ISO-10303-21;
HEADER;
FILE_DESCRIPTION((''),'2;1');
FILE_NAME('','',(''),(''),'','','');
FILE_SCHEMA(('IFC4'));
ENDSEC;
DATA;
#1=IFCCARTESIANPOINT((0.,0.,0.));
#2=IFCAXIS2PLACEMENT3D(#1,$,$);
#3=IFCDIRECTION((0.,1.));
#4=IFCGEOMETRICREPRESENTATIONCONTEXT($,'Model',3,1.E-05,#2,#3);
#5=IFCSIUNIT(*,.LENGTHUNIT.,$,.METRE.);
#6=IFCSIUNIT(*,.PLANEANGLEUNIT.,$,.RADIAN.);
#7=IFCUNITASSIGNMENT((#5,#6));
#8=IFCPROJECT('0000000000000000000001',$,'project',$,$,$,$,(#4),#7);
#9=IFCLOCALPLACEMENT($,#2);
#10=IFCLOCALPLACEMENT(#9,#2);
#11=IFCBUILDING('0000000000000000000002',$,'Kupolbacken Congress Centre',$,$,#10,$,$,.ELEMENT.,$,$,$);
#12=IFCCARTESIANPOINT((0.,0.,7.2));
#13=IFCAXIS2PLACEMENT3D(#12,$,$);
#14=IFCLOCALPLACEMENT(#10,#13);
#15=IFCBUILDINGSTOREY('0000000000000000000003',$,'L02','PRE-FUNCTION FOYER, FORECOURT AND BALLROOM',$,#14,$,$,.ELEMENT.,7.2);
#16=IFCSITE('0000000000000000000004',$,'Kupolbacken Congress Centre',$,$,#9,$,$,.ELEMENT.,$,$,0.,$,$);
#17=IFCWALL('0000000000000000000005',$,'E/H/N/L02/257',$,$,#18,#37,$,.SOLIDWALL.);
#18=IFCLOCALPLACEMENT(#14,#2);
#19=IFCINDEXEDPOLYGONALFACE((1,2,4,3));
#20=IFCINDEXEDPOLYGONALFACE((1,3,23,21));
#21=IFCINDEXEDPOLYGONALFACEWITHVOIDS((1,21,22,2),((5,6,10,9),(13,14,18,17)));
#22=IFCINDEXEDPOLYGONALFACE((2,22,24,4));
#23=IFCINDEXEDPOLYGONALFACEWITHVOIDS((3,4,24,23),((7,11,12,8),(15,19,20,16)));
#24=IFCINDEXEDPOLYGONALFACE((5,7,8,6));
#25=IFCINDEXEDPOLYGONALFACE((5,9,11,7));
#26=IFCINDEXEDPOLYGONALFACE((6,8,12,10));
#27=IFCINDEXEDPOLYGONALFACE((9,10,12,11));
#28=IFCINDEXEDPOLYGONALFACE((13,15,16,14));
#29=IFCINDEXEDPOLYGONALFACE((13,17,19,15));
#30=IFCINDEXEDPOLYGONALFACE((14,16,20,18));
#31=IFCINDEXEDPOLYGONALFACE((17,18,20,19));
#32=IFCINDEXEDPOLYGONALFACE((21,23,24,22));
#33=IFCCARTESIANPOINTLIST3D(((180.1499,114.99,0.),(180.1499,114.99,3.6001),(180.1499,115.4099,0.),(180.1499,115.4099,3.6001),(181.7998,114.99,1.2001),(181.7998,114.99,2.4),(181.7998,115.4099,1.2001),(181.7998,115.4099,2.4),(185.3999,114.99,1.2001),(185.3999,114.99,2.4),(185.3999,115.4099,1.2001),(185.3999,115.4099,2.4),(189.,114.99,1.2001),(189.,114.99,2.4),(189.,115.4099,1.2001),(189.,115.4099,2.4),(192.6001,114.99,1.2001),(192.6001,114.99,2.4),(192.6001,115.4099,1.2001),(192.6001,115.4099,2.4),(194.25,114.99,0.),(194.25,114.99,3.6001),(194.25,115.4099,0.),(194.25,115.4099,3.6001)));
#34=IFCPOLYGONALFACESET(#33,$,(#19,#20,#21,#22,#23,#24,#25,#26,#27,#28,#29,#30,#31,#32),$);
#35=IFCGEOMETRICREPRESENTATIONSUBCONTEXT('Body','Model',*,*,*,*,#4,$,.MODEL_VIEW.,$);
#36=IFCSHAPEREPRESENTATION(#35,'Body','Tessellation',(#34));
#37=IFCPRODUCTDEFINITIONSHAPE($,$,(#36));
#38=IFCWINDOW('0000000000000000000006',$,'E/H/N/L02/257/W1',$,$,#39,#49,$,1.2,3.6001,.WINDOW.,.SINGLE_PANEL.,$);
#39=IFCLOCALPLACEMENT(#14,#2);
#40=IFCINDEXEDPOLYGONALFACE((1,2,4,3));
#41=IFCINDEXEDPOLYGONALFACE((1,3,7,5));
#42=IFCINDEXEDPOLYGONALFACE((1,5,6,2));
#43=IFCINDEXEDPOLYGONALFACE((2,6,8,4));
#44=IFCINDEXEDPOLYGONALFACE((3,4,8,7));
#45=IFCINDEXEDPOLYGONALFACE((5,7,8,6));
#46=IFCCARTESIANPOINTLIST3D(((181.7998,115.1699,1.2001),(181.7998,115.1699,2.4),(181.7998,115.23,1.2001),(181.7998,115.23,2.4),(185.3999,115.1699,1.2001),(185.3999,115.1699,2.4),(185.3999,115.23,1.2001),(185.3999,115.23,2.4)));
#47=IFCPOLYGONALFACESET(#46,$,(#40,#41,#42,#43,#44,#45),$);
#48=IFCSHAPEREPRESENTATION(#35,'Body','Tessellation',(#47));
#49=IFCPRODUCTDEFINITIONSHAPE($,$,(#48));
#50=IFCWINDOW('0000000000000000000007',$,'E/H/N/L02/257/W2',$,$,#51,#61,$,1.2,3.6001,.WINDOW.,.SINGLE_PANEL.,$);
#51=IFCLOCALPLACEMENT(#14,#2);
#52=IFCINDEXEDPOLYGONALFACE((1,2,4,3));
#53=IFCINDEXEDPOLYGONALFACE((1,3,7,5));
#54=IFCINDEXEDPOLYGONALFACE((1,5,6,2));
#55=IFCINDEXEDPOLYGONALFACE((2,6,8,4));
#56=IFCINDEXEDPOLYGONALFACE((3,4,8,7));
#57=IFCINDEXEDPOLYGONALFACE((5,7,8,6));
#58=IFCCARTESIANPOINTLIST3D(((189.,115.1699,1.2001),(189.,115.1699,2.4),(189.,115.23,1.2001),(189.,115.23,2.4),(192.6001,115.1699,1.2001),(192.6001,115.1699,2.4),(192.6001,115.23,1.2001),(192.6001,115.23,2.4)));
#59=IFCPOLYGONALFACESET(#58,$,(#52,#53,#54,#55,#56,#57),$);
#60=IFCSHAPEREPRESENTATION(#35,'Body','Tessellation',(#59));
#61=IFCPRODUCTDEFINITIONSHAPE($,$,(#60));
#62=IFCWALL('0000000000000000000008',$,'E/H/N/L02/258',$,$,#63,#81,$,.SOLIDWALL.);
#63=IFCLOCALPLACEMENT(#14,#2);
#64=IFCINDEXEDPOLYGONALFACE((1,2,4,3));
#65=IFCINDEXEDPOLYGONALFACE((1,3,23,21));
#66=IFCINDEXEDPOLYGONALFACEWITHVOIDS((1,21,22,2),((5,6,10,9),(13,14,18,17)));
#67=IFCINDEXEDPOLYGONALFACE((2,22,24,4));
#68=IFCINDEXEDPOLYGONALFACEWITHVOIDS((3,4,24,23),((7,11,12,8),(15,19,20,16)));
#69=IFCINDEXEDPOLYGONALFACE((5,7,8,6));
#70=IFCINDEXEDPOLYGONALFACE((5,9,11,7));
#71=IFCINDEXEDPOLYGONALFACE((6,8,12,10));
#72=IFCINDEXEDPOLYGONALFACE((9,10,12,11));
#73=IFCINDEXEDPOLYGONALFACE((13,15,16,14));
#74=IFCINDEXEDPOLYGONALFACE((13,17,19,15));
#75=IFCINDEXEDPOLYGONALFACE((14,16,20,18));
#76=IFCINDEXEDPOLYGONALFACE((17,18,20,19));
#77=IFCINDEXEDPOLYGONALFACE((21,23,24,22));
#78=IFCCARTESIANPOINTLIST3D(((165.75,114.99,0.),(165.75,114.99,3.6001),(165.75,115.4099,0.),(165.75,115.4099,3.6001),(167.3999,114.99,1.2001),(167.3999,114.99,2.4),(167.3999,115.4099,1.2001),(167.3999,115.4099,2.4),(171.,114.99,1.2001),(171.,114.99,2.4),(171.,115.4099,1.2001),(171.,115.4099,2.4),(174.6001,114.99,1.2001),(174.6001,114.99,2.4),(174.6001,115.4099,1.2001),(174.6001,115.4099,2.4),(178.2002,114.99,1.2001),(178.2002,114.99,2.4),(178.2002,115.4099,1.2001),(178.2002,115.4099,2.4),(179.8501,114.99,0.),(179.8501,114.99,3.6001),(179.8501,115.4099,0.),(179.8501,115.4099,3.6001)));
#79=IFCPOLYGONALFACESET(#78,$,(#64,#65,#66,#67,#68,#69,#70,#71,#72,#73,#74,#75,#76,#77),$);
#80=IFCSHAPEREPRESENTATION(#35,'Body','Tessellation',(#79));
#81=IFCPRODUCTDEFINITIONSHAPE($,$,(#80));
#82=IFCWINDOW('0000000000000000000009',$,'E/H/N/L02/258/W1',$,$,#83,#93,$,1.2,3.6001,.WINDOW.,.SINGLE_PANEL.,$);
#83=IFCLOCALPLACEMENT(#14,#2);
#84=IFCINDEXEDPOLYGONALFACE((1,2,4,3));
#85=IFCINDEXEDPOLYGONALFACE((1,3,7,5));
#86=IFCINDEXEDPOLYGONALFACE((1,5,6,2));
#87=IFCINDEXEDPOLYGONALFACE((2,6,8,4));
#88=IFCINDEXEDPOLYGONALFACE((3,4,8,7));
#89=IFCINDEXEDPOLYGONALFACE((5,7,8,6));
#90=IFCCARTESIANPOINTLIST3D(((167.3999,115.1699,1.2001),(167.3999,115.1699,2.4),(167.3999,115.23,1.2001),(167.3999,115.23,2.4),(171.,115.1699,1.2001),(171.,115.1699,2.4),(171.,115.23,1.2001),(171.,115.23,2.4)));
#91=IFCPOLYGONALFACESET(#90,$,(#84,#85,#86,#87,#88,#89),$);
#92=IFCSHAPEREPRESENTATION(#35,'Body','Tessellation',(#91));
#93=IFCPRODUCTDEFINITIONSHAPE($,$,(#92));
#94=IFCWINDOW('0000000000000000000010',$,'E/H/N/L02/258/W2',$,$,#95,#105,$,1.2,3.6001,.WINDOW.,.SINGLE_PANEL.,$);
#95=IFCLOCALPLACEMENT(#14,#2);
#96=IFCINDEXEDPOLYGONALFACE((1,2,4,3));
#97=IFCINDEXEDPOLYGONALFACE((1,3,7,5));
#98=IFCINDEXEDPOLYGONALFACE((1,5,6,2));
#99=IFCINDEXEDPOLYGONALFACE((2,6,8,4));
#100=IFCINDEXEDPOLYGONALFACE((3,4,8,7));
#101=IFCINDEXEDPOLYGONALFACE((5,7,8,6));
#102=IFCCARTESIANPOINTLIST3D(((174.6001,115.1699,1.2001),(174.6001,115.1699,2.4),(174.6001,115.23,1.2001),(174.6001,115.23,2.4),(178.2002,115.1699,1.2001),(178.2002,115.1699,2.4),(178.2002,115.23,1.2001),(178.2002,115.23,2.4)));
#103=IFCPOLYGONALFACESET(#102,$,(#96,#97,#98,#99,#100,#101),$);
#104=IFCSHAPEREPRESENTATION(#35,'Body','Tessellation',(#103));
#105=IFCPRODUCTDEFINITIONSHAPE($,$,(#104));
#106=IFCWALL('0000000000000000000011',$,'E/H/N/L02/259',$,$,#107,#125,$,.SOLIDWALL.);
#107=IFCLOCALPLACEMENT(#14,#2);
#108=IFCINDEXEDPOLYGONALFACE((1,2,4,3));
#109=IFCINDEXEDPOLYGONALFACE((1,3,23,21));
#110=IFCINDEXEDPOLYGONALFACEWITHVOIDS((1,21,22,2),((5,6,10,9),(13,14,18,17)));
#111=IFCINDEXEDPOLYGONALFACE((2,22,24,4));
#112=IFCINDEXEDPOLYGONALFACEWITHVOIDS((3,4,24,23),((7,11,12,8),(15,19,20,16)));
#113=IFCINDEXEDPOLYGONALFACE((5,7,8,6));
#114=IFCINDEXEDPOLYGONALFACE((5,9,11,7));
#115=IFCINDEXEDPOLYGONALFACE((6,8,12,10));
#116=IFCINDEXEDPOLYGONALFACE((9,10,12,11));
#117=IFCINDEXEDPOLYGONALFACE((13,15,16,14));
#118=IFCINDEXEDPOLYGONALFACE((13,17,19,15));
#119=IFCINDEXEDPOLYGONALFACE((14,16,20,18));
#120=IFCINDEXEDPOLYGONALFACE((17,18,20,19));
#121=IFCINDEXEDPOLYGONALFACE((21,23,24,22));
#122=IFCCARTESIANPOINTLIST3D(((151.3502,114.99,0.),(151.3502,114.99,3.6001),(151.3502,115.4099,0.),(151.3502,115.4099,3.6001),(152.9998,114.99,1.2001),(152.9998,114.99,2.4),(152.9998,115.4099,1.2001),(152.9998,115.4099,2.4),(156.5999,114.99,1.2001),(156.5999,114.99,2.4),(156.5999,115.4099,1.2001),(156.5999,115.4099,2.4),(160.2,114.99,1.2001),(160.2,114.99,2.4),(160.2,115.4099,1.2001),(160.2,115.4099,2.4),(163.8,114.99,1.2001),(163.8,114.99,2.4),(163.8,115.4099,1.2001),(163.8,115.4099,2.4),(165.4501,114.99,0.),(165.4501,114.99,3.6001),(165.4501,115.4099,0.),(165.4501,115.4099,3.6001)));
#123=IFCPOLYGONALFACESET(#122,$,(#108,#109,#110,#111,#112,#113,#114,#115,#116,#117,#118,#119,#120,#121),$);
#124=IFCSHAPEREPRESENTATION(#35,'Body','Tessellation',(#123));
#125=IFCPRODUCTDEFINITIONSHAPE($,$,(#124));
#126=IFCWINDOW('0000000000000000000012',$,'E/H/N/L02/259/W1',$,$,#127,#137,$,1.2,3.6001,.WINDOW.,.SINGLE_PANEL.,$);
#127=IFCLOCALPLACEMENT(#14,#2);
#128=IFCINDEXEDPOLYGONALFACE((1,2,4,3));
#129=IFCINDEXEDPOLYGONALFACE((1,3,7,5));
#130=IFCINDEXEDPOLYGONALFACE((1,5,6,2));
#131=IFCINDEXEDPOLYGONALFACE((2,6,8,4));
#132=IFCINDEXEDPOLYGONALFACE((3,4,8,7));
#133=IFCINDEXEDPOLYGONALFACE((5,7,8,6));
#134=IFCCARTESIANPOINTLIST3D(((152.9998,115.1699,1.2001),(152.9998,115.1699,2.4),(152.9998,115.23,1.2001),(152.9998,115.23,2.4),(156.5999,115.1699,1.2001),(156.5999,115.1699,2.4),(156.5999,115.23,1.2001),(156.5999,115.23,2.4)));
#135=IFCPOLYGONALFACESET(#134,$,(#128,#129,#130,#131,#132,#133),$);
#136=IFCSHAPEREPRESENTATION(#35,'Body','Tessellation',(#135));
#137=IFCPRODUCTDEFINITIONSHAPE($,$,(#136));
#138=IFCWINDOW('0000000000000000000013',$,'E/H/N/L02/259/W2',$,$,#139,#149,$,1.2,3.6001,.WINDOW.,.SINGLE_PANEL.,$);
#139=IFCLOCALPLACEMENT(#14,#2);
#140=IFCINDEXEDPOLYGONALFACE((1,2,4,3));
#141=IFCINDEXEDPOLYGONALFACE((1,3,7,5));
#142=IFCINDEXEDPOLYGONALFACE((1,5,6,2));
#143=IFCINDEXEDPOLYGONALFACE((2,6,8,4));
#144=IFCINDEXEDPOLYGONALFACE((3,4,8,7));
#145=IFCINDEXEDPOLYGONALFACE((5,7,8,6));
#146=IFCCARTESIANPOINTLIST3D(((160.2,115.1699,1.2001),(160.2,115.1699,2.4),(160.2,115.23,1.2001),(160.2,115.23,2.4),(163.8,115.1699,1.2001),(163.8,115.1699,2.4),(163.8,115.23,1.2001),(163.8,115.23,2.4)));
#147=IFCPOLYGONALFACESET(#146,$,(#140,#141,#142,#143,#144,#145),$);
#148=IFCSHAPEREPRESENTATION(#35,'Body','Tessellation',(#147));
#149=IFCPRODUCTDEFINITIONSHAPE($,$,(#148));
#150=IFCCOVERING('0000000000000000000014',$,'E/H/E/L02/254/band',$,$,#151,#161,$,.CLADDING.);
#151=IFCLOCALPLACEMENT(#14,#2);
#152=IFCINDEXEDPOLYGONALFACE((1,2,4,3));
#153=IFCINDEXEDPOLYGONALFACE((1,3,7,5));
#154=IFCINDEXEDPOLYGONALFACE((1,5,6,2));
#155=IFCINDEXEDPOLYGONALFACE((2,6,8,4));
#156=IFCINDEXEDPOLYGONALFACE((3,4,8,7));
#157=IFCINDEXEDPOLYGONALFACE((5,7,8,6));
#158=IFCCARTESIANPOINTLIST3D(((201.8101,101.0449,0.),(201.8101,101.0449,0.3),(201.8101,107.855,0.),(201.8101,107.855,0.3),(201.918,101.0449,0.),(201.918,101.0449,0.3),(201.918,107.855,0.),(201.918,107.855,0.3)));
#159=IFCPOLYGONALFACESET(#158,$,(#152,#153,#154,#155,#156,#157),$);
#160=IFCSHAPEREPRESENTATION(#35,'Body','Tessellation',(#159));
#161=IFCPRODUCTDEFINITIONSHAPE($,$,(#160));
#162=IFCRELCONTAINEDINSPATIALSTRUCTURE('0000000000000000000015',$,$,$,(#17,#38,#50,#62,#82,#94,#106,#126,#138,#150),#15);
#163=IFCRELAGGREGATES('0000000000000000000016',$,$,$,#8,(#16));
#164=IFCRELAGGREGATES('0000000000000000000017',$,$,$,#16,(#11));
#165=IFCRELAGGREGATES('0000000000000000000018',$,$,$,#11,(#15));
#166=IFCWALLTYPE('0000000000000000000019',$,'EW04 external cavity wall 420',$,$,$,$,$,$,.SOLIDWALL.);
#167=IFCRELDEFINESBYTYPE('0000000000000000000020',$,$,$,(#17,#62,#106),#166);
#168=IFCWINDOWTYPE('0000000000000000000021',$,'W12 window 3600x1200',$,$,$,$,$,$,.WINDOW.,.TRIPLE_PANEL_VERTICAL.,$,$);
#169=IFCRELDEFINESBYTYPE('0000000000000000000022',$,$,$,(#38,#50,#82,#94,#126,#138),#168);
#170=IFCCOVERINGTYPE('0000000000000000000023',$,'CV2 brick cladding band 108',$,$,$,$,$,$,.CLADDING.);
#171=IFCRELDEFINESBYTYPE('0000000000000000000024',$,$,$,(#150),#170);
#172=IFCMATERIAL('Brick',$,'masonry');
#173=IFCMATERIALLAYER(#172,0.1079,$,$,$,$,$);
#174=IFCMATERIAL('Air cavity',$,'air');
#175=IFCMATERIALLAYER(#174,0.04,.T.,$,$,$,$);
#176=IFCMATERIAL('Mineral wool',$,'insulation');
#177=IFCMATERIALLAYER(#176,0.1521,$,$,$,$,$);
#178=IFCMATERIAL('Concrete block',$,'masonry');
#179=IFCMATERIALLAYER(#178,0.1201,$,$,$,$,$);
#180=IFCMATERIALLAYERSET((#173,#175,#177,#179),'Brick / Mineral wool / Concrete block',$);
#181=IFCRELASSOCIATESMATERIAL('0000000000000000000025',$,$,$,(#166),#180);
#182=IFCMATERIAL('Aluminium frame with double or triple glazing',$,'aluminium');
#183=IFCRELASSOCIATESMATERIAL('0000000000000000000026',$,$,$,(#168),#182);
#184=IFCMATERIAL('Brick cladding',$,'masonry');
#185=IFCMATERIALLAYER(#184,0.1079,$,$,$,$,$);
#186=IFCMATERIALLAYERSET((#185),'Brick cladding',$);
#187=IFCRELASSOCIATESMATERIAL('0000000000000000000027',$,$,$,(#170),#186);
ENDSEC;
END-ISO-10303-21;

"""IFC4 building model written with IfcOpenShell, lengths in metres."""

from ifc_helpers import new_model, si_unit, direction, frame, frame_2d, origin, origin_2d, place, context, subcontext, project, spatial, rectangle, extrude, material, layer, layer_set, type_object, element, fill, save


model = new_model("IFC4")

# Units and contexts
model_context = context("Model", 3, precision=1e-05, world=origin(), true_north=direction((0.0, 1.0)))
body_context = subcontext(model_context, "Body", "Model", "MODEL_VIEW")
ifc_project = project(units=[si_unit("LENGTHUNIT", "METRE"), si_unit("PLANEANGLEUNIT", "RADIAN")], contexts=[model_context])

# Site, building, storey
site_placement = place(None, origin())
site = spatial("IfcSite", under=ifc_project, at=site_placement, Name="Kupolbacken Congress Centre", CompositionType="ELEMENT", RefElevation=0.0)
building_placement = place(site_placement, origin())
building = spatial("IfcBuilding", under=site, at=building_placement, Name="Kupolbacken Congress Centre", CompositionType="ELEMENT")
storey_placement = place(building_placement, frame((0.0, 0.0, 7.2)))
storey = spatial("IfcBuildingStorey", under=building, at=storey_placement, Name="L02", Description="PRE-FUNCTION FOYER, FORECOURT AND BALLROOM", CompositionType="ELEMENT", Elevation=7.2)

# Shared definitions
ifc_material_1 = material(Name="Brick", Category="masonry")
ifc_layer_1 = layer(ifc_material_1, 0.1079)
ifc_material_2 = material(Name="Air cavity", Category="air")
ifc_layer_2 = layer(ifc_material_2, 0.04, ventilated=True)
ifc_material_3 = material(Name="Mineral wool", Category="insulation")
ifc_layer_3 = layer(ifc_material_3, 0.1521)
ifc_material_4 = material(Name="Concrete block", Category="masonry")
ifc_layer_4 = layer(ifc_material_4, 0.1201)
ifc_layer_set_1 = layer_set([ifc_layer_1, ifc_layer_2, ifc_layer_3, ifc_layer_4], Name="Brick / Mineral wool / Concrete block")
wall_type = type_object("IfcWallType", Name="EW04 external cavity wall 420", PredefinedType="SOLIDWALL", material=ifc_layer_set_1)
ifc_material_5 = material(Name="Aluminium frame with double or triple glazing", Category="aluminium")
window_type = type_object("IfcWindowType", Name="W12 window 3600x1200", PartitioningType="TRIPLE_PANEL_VERTICAL", PredefinedType="WINDOW", material=ifc_material_5)

# Walls, openings, windows
wall_1_placement = place(storey_placement, frame((194.25, 115.2, 0.0), z_axis=(0.0, 0.0, 1.0), x_axis=(-1.0, 0.0, 0.0)))
wall_1 = element("IfcWall", 1, at=wall_1_placement, inside=storey, type_object=wall_type, Name="E/H/N/L02/257", PredefinedType="SOLIDWALL", context=body_context, shape_type="SweptSolid", body=[
    extrude(rectangle(XDim=14.1001, YDim=0.4199, at=frame_2d((7.05, 0.0))), origin(), (0.0, 0.0, 1.0), 3.6001),
])
opening_1_placement = place(wall_1_placement, frame((8.8501, 0.0, 1.2)))
opening_1 = element("IfcOpeningElement", 2, at=opening_1_placement, cuts=wall_1, PredefinedType="OPENING", context=body_context, shape_type="SweptSolid", body=[
    extrude(rectangle(XDim=3.6001, YDim=1.2, at=frame_2d((1.8, 0.6001))), frame((0.0, 0.22, 0.0), z_axis=(0.0, -1.0, 0.0), x_axis=(1.0, 0.0, 0.0)), (0.0, 0.0, 1.0), 0.4399),
])
opening_2_placement = place(wall_1_placement, frame((1.6499, 0.0, 1.2)))
opening_2 = element("IfcOpeningElement", 3, at=opening_2_placement, cuts=wall_1, PredefinedType="OPENING", context=body_context, shape_type="SweptSolid", body=[
    extrude(rectangle(XDim=3.6001, YDim=1.2, at=frame_2d((1.8, 0.6001))), frame((0.0, 0.22, 0.0), z_axis=(0.0, -1.0, 0.0), x_axis=(1.0, 0.0, 0.0)), (0.0, 0.0, 1.0), 0.4399),
])
window_1_placement = place(opening_1_placement, origin())
window_1 = element("IfcWindow", 4, at=window_1_placement, inside=storey, type_object=window_type, Name="E/H/N/L02/257/W1", OverallHeight=1.2, OverallWidth=3.6001, PartitioningType="SINGLE_PANEL", PredefinedType="WINDOW", context=body_context, shape_type="SweptSolid", body=[
    extrude(rectangle(XDim=3.6001, YDim=1.2, at=frame_2d((1.8, 0.6001))), frame((0.0, 0.03, 0.0), z_axis=(0.0, -1.0, 0.0), x_axis=(1.0, 0.0, 0.0)), (0.0, 0.0, 1.0), 0.0601),
])
fill(opening_1, window_1)
window_2_placement = place(opening_2_placement, origin())
window_2 = element("IfcWindow", 5, at=window_2_placement, inside=storey, type_object=window_type, Name="E/H/N/L02/257/W2", OverallHeight=1.2, OverallWidth=3.6001, PartitioningType="SINGLE_PANEL", PredefinedType="WINDOW", context=body_context, shape_type="SweptSolid", body=[
    extrude(rectangle(XDim=3.6001, YDim=1.2, at=frame_2d((1.8, 0.6001))), frame((0.0, 0.03, 0.0), z_axis=(0.0, -1.0, 0.0), x_axis=(1.0, 0.0, 0.0)), (0.0, 0.0, 1.0), 0.0601),
])
fill(opening_2, window_2)
wall_2_placement = place(storey_placement, frame((179.8501, 115.2, 0.0), z_axis=(0.0, 0.0, 1.0), x_axis=(-1.0, 0.0, 0.0)))
wall_2 = element("IfcWall", 6, at=wall_2_placement, inside=storey, type_object=wall_type, Name="E/H/N/L02/258", PredefinedType="SOLIDWALL", context=body_context, shape_type="SweptSolid", body=[
    extrude(rectangle(XDim=14.1001, YDim=0.4199, at=frame_2d((7.05, 0.0))), origin(), (0.0, 0.0, 1.0), 3.6001),
])
opening_3_placement = place(wall_2_placement, frame((8.8501, 0.0, 1.2)))
opening_3 = element("IfcOpeningElement", 7, at=opening_3_placement, cuts=wall_2, PredefinedType="OPENING", context=body_context, shape_type="SweptSolid", body=[
    extrude(rectangle(XDim=3.6001, YDim=1.2, at=frame_2d((1.8, 0.6001))), frame((0.0, 0.22, 0.0), z_axis=(0.0, -1.0, 0.0), x_axis=(1.0, 0.0, 0.0)), (0.0, 0.0, 1.0), 0.4399),
])
opening_4_placement = place(wall_2_placement, frame((1.6499, 0.0, 1.2)))
opening_4 = element("IfcOpeningElement", 8, at=opening_4_placement, cuts=wall_2, PredefinedType="OPENING", context=body_context, shape_type="SweptSolid", body=[
    extrude(rectangle(XDim=3.6001, YDim=1.2, at=frame_2d((1.8, 0.6001))), frame((0.0, 0.22, 0.0), z_axis=(0.0, -1.0, 0.0), x_axis=(1.0, 0.0, 0.0)), (0.0, 0.0, 1.0), 0.4399),
])
window_3_placement = place(opening_3_placement, origin())
window_3 = element("IfcWindow", 9, at=window_3_placement, inside=storey, type_object=window_type, Name="E/H/N/L02/258/W1", OverallHeight=1.2, OverallWidth=3.6001, PartitioningType="SINGLE_PANEL", PredefinedType="WINDOW", context=body_context, shape_type="SweptSolid", body=[
    extrude(rectangle(XDim=3.6001, YDim=1.2, at=frame_2d((1.8, 0.6001))), frame((0.0, 0.03, 0.0), z_axis=(0.0, -1.0, 0.0), x_axis=(1.0, 0.0, 0.0)), (0.0, 0.0, 1.0), 0.0601),
])
fill(opening_3, window_3)
window_4_placement = place(opening_4_placement, origin())
window_4 = element("IfcWindow", 10, at=window_4_placement, inside=storey, type_object=window_type, Name="E/H/N/L02/258/W2", OverallHeight=1.2, OverallWidth=3.6001, PartitioningType="SINGLE_PANEL", PredefinedType="WINDOW", context=body_context, shape_type="SweptSolid", body=[
    extrude(rectangle(XDim=3.6001, YDim=1.2, at=frame_2d((1.8, 0.6001))), frame((0.0, 0.03, 0.0), z_axis=(0.0, -1.0, 0.0), x_axis=(1.0, 0.0, 0.0)), (0.0, 0.0, 1.0), 0.0601),
])
fill(opening_4, window_4)
wall_3_placement = place(storey_placement, frame((165.45, 115.2, 0.0), z_axis=(0.0, 0.0, 1.0), x_axis=(-1.0, 0.0, 0.0)))
wall_3 = element("IfcWall", 11, at=wall_3_placement, inside=storey, type_object=wall_type, Name="E/H/N/L02/259", PredefinedType="SOLIDWALL", context=body_context, shape_type="SweptSolid", body=[
    extrude(rectangle(XDim=14.0999, YDim=0.4199, at=frame_2d((7.0498, 0.0))), origin(), (0.0, 0.0, 1.0), 3.6001),
])
opening_5_placement = place(wall_3_placement, frame((8.8501, 0.0, 1.2)))
opening_5 = element("IfcOpeningElement", 12, at=opening_5_placement, cuts=wall_3, PredefinedType="OPENING", context=body_context, shape_type="SweptSolid", body=[
    extrude(rectangle(XDim=3.6001, YDim=1.2, at=frame_2d((1.8, 0.6001))), frame((0.0, 0.22, 0.0), z_axis=(0.0, -1.0, 0.0), x_axis=(1.0, 0.0, 0.0)), (0.0, 0.0, 1.0), 0.4399),
])
opening_6_placement = place(wall_3_placement, frame((1.6499, 0.0, 1.2)))
opening_6 = element("IfcOpeningElement", 13, at=opening_6_placement, cuts=wall_3, PredefinedType="OPENING", context=body_context, shape_type="SweptSolid", body=[
    extrude(rectangle(XDim=3.6001, YDim=1.2, at=frame_2d((1.8, 0.6001))), frame((0.0, 0.22, 0.0), z_axis=(0.0, -1.0, 0.0), x_axis=(1.0, 0.0, 0.0)), (0.0, 0.0, 1.0), 0.4399),
])
window_5_placement = place(opening_5_placement, origin())
window_5 = element("IfcWindow", 14, at=window_5_placement, inside=storey, type_object=window_type, Name="E/H/N/L02/259/W1", OverallHeight=1.2, OverallWidth=3.6001, PartitioningType="SINGLE_PANEL", PredefinedType="WINDOW", context=body_context, shape_type="SweptSolid", body=[
    extrude(rectangle(XDim=3.6001, YDim=1.2, at=frame_2d((1.8, 0.6001))), frame((0.0, 0.03, 0.0), z_axis=(0.0, -1.0, 0.0), x_axis=(1.0, 0.0, 0.0)), (0.0, 0.0, 1.0), 0.0601),
])
fill(opening_5, window_5)
window_6_placement = place(opening_6_placement, origin())
window_6 = element("IfcWindow", 15, at=window_6_placement, inside=storey, type_object=window_type, Name="E/H/N/L02/259/W2", OverallHeight=1.2, OverallWidth=3.6001, PartitioningType="SINGLE_PANEL", PredefinedType="WINDOW", context=body_context, shape_type="SweptSolid", body=[
    extrude(rectangle(XDim=3.6001, YDim=1.2, at=frame_2d((1.8, 0.6001))), frame((0.0, 0.03, 0.0), z_axis=(0.0, -1.0, 0.0), x_axis=(1.0, 0.0, 0.0)), (0.0, 0.0, 1.0), 0.0601),
])
fill(opening_6, window_6)

# Covering
ifc_material_6 = material(Name="Brick cladding", Category="masonry")
ifc_layer_5 = layer(ifc_material_6, 0.1079)
ifc_layer_set_2 = layer_set([ifc_layer_5], Name="Brick cladding")
covering_type_1 = type_object("IfcCoveringType", Name="CV2 brick cladding band 108", PredefinedType="CLADDING", material=ifc_layer_set_2)
covering_1_placement = place(storey_placement, frame((201.864, 104.45, 0.0), z_axis=(0.0, 0.0, 1.0), x_axis=(0.0, 1.0, 0.0)))
element("IfcCovering", 16, at=covering_1_placement, inside=storey, type_object=covering_type_1, Name="E/H/E/L02/254/band", PredefinedType="CLADDING", context=body_context, shape_type="SweptSolid", body=[
    extrude(rectangle(XDim=6.8101, YDim=0.1079, at=origin_2d()), origin(), (0.0, 0.0, 1.0), 0.3),
])

save(model, "model.ifc")
